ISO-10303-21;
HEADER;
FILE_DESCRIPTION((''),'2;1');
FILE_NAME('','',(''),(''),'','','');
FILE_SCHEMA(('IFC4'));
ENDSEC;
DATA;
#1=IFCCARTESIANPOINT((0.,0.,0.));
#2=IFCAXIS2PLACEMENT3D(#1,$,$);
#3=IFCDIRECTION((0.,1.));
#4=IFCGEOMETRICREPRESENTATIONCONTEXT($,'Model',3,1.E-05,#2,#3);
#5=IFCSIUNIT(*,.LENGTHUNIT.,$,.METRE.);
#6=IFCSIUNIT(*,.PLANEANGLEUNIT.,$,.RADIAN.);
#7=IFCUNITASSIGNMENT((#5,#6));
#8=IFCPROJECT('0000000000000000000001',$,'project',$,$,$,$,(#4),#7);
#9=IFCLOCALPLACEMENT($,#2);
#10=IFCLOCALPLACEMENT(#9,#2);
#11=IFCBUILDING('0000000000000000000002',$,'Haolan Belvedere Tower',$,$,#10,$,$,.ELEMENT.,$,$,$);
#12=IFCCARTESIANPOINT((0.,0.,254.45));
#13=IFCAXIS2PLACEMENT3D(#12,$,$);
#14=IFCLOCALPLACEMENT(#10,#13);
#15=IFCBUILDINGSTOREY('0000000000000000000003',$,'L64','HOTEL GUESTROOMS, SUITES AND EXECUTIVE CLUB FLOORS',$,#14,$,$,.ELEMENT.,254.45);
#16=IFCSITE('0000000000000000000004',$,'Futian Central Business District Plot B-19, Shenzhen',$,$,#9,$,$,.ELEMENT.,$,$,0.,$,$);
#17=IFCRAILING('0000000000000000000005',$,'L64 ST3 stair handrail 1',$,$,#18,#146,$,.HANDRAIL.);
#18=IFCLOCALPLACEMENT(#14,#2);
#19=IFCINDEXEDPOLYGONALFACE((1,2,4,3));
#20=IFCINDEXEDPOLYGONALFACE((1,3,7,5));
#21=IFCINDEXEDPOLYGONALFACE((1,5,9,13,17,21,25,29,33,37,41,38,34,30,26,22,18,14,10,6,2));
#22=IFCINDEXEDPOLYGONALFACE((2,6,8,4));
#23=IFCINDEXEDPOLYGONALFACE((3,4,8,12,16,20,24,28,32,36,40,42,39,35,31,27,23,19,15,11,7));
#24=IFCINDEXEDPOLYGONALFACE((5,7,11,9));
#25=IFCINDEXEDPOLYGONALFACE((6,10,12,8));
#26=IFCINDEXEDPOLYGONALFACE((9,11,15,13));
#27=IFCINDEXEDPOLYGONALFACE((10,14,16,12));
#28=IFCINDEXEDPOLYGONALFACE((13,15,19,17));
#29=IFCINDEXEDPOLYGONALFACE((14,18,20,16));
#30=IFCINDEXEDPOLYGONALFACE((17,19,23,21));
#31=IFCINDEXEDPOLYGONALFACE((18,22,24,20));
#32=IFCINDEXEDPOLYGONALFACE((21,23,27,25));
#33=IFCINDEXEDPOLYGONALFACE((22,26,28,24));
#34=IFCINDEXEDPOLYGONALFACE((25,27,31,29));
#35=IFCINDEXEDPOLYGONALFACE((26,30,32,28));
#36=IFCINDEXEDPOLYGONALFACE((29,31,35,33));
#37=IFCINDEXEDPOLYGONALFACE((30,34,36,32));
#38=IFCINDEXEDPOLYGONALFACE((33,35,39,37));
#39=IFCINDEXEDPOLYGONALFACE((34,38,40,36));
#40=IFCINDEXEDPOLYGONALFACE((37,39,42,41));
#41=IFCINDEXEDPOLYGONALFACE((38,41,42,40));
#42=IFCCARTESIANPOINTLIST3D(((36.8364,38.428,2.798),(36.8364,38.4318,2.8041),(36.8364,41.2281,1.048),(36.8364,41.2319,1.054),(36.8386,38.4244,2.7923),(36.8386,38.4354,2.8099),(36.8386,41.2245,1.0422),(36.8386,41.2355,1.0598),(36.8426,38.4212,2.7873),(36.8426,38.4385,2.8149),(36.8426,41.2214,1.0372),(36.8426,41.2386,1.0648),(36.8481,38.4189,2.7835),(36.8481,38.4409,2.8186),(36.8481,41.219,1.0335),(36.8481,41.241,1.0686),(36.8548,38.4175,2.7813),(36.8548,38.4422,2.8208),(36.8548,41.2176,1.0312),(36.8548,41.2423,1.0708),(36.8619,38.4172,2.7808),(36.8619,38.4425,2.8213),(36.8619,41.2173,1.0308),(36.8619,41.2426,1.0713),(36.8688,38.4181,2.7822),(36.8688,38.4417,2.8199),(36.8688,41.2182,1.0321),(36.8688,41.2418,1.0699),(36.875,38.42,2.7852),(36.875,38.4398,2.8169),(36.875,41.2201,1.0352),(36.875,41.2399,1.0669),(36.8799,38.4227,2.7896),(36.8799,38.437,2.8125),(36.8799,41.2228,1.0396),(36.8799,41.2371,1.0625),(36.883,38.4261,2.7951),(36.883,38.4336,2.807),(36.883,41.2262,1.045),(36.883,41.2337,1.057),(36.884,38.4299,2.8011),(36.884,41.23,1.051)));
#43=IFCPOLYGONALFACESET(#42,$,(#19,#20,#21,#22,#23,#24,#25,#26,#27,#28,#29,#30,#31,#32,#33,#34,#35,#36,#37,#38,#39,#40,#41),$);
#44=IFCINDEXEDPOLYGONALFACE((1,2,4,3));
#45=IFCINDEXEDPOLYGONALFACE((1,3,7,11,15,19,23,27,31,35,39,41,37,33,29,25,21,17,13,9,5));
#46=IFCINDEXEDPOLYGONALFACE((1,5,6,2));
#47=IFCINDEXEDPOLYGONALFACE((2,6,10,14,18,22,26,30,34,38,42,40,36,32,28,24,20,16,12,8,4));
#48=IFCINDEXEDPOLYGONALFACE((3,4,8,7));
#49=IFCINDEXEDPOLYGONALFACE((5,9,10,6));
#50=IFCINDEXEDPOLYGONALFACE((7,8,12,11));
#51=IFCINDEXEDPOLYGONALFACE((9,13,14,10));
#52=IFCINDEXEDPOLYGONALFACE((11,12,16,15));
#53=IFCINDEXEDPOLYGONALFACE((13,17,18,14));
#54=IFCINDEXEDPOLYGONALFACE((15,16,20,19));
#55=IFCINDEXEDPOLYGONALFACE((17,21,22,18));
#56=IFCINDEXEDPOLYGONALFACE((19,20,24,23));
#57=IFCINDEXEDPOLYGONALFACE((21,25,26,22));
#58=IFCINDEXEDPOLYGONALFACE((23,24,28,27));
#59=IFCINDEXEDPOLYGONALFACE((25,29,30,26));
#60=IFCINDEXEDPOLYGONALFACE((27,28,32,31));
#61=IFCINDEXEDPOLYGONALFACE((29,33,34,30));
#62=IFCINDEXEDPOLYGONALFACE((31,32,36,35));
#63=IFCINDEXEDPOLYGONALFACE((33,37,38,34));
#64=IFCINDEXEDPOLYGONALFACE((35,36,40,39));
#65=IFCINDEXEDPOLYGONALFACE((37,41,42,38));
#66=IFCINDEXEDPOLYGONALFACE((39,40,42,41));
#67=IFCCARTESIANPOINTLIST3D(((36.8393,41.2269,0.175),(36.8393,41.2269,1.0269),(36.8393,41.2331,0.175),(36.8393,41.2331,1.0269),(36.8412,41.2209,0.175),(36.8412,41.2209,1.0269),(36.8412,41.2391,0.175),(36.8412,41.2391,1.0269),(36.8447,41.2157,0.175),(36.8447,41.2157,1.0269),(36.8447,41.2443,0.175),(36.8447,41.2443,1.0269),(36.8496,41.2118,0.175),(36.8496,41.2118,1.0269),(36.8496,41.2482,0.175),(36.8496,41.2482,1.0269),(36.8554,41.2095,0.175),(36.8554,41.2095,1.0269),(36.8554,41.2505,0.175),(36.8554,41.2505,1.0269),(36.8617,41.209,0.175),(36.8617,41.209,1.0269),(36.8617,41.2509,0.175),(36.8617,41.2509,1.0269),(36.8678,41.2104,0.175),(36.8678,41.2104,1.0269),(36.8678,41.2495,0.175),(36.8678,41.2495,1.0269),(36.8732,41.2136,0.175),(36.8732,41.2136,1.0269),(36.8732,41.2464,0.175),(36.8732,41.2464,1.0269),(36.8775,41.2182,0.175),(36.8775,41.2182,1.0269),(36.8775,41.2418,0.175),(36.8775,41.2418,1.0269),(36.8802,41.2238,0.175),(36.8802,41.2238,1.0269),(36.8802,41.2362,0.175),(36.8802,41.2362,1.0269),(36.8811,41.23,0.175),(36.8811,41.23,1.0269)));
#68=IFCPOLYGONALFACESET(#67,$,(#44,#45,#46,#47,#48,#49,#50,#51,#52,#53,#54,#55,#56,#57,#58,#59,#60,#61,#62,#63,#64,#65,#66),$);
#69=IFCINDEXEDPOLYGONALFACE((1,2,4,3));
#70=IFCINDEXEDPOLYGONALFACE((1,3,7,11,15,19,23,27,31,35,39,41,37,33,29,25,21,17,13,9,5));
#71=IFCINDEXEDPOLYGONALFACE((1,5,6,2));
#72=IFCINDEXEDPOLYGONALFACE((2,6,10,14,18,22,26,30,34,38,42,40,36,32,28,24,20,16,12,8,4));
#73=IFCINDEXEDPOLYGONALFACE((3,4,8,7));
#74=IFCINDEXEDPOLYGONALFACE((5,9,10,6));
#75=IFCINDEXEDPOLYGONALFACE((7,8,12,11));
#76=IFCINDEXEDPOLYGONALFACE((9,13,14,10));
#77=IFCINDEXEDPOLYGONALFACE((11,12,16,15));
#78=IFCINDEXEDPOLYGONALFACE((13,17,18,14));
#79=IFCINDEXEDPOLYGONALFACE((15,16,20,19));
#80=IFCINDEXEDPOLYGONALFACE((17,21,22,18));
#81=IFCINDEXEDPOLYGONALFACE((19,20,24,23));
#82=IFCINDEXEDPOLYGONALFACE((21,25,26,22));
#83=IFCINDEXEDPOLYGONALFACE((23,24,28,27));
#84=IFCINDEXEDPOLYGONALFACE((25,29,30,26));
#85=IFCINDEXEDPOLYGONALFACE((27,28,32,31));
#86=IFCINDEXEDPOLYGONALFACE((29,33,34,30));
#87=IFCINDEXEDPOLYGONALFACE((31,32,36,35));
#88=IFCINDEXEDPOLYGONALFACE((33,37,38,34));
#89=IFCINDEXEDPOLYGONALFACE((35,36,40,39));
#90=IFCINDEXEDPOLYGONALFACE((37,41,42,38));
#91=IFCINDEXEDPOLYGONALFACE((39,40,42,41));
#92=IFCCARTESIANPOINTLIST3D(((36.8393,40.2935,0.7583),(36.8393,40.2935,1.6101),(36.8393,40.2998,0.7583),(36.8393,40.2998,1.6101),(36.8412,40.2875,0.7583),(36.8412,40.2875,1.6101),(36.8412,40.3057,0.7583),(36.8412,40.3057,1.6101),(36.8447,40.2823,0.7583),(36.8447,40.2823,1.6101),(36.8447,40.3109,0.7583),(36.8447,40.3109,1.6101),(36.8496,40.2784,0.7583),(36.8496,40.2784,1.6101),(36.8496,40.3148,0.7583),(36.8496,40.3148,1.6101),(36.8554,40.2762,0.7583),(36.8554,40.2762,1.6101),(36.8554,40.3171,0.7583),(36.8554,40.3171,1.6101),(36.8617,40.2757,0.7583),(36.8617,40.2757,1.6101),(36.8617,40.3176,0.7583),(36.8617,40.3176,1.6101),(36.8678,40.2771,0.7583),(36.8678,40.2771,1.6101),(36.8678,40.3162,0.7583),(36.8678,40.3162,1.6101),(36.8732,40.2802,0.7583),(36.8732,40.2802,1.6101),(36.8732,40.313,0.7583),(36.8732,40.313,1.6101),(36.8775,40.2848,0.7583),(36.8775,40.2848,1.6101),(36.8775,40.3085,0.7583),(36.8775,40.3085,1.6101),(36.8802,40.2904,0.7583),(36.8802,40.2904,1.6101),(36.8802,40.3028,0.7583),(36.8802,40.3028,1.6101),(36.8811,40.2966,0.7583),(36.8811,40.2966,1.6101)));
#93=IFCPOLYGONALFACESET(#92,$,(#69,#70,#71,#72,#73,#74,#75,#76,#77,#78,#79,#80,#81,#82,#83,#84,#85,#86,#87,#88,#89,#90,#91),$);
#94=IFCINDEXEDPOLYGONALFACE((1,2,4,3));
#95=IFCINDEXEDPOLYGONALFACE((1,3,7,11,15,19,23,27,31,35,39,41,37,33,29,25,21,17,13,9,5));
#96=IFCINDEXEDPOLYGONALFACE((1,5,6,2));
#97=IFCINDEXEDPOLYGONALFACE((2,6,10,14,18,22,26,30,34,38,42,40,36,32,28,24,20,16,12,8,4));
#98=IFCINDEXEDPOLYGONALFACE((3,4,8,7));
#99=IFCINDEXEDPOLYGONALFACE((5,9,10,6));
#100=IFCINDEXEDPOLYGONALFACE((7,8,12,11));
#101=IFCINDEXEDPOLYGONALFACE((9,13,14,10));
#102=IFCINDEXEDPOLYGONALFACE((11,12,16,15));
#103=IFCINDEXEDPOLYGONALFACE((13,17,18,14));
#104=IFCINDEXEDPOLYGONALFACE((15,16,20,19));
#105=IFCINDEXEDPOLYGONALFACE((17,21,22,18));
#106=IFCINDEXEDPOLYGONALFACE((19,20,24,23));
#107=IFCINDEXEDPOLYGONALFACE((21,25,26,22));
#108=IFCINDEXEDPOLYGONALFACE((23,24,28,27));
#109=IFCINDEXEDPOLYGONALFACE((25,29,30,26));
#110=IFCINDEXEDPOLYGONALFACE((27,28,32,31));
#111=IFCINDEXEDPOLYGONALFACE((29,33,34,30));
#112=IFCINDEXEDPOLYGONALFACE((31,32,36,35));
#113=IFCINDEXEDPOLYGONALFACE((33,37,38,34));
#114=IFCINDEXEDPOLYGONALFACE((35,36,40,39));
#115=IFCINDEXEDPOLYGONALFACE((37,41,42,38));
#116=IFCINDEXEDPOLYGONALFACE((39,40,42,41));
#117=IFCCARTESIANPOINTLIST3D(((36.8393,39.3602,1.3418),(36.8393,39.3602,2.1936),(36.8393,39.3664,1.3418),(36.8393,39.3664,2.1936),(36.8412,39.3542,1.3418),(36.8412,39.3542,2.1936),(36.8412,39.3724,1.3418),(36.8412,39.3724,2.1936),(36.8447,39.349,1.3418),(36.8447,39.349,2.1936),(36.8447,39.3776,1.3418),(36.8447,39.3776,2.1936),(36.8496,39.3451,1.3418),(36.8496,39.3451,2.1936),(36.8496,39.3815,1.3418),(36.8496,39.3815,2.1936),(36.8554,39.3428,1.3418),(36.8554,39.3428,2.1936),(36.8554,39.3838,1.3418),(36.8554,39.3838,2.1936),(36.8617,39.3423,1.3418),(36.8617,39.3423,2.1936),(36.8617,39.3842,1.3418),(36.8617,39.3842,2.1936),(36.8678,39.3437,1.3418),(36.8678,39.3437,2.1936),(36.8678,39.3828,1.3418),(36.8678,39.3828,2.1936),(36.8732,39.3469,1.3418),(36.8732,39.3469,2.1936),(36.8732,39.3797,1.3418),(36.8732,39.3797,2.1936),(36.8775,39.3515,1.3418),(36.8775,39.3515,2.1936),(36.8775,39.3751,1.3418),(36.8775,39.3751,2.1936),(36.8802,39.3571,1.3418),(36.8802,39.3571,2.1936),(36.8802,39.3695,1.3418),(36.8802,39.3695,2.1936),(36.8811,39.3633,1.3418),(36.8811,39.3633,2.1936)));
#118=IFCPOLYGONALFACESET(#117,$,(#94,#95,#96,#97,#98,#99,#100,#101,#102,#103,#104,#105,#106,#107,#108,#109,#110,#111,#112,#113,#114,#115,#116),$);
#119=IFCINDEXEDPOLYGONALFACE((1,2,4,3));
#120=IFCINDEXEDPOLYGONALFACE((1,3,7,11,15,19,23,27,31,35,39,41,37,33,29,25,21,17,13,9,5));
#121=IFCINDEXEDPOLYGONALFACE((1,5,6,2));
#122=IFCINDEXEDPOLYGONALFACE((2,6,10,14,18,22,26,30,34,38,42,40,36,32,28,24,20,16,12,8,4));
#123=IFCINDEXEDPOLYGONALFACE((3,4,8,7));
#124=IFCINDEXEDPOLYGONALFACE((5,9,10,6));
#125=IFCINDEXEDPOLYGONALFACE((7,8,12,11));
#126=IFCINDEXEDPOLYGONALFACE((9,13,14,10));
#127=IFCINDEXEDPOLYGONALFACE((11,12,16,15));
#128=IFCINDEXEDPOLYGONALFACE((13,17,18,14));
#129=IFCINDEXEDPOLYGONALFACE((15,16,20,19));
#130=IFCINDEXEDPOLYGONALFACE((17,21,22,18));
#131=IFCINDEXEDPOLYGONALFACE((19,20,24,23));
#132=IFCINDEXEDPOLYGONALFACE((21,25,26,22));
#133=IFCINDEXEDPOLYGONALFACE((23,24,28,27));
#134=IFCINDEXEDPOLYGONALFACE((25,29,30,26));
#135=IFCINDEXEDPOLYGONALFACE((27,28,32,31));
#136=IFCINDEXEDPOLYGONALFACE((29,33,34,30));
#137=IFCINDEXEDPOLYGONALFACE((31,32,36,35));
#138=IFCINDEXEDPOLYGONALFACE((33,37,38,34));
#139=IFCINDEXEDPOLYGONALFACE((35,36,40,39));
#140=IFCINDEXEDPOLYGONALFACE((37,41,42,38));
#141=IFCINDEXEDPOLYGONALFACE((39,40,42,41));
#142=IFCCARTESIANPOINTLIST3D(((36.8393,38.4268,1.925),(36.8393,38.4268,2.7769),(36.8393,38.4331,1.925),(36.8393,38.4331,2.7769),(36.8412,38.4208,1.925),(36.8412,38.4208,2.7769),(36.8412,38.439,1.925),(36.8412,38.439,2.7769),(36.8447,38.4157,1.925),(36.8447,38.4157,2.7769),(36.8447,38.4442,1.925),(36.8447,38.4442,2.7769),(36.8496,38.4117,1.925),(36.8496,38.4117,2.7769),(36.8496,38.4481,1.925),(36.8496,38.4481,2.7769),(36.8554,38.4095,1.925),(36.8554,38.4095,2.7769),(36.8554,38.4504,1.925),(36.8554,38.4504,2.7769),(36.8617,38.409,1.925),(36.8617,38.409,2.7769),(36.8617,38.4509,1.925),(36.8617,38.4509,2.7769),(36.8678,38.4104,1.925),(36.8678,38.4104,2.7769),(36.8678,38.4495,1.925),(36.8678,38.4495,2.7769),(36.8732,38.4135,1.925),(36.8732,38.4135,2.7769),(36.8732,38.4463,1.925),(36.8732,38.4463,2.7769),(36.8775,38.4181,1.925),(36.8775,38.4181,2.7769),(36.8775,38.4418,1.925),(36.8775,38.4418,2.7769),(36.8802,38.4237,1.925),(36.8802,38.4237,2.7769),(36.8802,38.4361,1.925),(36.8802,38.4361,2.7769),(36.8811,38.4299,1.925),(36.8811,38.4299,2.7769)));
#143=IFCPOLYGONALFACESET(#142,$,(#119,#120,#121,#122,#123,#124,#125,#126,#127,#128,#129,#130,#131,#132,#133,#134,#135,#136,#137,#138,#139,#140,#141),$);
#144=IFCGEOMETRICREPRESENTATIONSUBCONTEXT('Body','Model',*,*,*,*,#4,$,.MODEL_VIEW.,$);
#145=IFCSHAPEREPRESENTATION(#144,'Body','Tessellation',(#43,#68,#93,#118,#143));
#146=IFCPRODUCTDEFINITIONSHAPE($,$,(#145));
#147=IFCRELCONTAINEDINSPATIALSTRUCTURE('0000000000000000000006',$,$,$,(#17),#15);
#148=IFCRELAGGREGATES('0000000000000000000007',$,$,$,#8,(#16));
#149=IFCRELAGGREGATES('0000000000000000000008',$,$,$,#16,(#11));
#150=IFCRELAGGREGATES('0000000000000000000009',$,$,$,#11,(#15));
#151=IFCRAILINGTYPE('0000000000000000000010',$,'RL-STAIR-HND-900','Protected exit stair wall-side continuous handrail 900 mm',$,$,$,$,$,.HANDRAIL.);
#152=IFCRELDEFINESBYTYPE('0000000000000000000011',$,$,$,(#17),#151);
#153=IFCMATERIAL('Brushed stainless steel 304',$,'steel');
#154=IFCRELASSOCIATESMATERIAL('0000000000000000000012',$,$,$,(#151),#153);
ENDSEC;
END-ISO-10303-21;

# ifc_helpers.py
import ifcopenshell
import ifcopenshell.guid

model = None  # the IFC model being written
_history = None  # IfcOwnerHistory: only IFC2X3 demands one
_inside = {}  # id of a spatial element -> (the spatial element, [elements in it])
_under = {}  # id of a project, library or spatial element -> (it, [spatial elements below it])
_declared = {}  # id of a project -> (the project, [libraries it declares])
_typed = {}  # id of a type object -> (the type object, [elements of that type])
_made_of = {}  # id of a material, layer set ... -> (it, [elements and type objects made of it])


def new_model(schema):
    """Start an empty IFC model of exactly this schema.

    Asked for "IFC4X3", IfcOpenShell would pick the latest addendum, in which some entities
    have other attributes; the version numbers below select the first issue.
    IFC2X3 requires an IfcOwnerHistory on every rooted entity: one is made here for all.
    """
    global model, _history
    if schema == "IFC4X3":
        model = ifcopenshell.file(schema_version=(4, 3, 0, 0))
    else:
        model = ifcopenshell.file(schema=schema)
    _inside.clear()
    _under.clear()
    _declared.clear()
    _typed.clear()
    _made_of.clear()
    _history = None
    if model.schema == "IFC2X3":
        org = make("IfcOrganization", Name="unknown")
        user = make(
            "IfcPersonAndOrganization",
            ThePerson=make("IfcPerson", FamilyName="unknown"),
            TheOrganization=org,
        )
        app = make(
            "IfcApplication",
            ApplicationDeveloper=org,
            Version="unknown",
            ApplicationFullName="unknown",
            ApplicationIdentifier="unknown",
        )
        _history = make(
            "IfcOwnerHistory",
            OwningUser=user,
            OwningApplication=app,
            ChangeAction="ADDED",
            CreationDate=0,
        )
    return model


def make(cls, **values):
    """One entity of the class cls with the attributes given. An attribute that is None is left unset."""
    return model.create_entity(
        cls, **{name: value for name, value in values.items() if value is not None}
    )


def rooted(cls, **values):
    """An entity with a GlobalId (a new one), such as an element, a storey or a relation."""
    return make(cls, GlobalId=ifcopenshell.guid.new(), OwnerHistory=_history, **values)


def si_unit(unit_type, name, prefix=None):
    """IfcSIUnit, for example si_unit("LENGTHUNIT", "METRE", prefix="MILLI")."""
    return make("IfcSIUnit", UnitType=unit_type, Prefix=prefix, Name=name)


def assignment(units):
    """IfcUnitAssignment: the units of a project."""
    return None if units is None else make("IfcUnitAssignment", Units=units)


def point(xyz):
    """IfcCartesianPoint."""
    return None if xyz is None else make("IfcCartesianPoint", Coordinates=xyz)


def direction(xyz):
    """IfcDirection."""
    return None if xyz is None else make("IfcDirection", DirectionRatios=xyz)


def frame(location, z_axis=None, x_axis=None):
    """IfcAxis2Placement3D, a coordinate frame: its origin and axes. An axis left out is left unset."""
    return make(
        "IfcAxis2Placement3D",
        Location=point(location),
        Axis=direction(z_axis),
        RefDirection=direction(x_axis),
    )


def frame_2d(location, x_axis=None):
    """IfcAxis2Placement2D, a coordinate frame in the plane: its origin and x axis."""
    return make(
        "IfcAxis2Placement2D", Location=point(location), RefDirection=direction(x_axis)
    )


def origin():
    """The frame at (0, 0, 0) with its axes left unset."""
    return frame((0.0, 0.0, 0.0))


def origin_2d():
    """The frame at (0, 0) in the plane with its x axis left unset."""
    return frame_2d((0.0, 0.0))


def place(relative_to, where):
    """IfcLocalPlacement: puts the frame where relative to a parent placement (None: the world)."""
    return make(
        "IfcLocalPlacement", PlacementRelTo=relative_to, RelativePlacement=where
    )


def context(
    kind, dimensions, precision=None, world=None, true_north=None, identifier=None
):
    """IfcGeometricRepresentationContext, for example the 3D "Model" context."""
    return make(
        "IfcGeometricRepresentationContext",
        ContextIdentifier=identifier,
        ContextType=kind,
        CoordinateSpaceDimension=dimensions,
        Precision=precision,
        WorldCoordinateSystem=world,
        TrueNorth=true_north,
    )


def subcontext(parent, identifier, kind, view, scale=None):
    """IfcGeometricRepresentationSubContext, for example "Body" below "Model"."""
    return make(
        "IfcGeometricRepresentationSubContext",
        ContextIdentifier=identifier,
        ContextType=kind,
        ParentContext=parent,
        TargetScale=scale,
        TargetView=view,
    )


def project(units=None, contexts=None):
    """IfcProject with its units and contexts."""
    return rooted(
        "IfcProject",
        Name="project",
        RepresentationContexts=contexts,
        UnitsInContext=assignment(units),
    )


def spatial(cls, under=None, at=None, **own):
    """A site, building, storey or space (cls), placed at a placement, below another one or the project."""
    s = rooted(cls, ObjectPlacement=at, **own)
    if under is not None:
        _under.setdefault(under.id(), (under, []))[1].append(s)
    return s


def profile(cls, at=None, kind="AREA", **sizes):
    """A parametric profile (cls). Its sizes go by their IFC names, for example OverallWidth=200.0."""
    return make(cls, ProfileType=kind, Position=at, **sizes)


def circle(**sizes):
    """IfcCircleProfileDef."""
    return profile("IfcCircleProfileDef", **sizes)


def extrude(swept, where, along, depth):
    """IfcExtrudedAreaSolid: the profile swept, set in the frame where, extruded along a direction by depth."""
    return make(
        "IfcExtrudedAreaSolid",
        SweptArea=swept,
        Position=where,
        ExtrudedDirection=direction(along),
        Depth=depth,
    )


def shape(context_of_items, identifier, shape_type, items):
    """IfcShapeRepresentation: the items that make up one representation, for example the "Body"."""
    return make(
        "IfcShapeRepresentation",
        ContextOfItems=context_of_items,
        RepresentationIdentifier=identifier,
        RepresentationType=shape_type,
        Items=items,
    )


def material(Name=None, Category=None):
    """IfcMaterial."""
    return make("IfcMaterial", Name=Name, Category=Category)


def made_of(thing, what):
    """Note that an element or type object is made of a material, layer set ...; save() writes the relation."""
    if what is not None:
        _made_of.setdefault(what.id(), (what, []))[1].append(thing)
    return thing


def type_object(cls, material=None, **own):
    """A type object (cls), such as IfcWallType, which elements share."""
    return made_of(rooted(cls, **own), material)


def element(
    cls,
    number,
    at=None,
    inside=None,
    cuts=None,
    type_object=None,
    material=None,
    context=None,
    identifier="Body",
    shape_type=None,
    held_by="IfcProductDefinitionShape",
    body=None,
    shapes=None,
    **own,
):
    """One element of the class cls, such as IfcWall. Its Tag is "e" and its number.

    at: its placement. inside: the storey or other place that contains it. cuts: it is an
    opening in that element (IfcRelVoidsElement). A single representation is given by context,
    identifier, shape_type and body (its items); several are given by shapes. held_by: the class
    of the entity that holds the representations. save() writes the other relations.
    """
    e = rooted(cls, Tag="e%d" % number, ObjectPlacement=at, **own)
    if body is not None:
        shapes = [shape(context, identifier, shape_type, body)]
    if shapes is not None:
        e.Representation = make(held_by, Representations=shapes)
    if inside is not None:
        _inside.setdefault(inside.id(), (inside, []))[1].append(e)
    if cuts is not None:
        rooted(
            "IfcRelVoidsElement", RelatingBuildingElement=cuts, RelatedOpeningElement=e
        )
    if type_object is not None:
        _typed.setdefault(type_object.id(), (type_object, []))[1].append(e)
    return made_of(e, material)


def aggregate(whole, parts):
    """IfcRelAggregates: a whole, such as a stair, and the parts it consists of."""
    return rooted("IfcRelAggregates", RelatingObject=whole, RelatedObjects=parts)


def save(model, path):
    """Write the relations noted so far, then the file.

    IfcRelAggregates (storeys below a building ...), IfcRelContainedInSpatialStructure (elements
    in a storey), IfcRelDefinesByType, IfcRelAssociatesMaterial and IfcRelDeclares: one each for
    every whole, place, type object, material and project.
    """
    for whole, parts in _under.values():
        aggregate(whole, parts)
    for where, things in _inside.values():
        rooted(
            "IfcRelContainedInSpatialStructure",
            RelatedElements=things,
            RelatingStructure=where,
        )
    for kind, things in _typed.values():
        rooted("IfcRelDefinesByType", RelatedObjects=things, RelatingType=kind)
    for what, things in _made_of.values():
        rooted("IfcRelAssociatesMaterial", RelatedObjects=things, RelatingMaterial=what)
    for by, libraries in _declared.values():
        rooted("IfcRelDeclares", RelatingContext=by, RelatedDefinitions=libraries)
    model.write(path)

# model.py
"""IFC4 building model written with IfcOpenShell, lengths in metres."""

from ifc_helpers import new_model, si_unit, direction, frame, origin, origin_2d, place, context, subcontext, project, spatial, circle, extrude, material, type_object, element, save


model = new_model("IFC4")

# Units and contexts
model_context = context("Model", 3, precision=1e-05, world=origin(), true_north=direction((0.0, 1.0)))
body_context = subcontext(model_context, "Body", "Model", "MODEL_VIEW")
ifc_project = project(units=[si_unit("LENGTHUNIT", "METRE"), si_unit("PLANEANGLEUNIT", "RADIAN")], contexts=[model_context])

# Site, building, storey
site_placement = place(None, origin())
site = spatial("IfcSite", under=ifc_project, at=site_placement, Name="Futian Central Business District Plot B-19, Shenzhen", CompositionType="ELEMENT", RefElevation=0.0)
building_placement = place(site_placement, origin())
building = spatial("IfcBuilding", under=site, at=building_placement, Name="Haolan Belvedere Tower", CompositionType="ELEMENT")
storey_placement = place(building_placement, frame((0.0, 0.0, 254.45)))
storey = spatial("IfcBuildingStorey", under=building, at=storey_placement, Name="L64", Description="HOTEL GUESTROOMS, SUITES AND EXECUTIVE CLUB FLOORS", CompositionType="ELEMENT", Elevation=254.45)

# Railing
ifc_material_1 = material(Name="Brushed stainless steel 304", Category="steel")
railing_type_1 = type_object("IfcRailingType", Name="RL-STAIR-HND-900", Description="Protected exit stair wall-side continuous handrail 900 mm", PredefinedType="HANDRAIL", material=ifc_material_1)
for number, where, name in (
    (1, (36.8601, 41.23, 0.175), "L64 ST3 stair handrail 1"),
):
    element("IfcRailing", number, at=place(storey_placement, frame(where)), inside=storey, type_object=railing_type_1, Name=name, PredefinedType="HANDRAIL", context=body_context, shape_type="SweptSolid", body=[
        extrude(circle(Radius=0.0239, at=origin_2d()), frame((0.0, 0.0, 0.876), z_axis=(0.0, -0.848002, 0.529992), x_axis=(1.0, 0.0, 0.0)), (0.0, 0.0, 1.0), 3.302),
        extrude(circle(Radius=0.021, at=origin_2d()), origin(), (0.0, 0.0, 1.0), 0.8518),
        extrude(circle(Radius=0.021, at=origin_2d()), frame((0.0, -0.9333, 0.5833)), (0.0, 0.0, 1.0), 0.8518),
        extrude(circle(Radius=0.021, at=origin_2d()), frame((0.0, -1.8667, 1.1667)), (0.0, 0.0, 1.0), 0.8518),
        extrude(circle(Radius=0.021, at=origin_2d()), frame((0.0, -2.8, 1.75)), (0.0, 0.0, 1.0), 0.8518),
    ])

save(model, "model.ifc")
